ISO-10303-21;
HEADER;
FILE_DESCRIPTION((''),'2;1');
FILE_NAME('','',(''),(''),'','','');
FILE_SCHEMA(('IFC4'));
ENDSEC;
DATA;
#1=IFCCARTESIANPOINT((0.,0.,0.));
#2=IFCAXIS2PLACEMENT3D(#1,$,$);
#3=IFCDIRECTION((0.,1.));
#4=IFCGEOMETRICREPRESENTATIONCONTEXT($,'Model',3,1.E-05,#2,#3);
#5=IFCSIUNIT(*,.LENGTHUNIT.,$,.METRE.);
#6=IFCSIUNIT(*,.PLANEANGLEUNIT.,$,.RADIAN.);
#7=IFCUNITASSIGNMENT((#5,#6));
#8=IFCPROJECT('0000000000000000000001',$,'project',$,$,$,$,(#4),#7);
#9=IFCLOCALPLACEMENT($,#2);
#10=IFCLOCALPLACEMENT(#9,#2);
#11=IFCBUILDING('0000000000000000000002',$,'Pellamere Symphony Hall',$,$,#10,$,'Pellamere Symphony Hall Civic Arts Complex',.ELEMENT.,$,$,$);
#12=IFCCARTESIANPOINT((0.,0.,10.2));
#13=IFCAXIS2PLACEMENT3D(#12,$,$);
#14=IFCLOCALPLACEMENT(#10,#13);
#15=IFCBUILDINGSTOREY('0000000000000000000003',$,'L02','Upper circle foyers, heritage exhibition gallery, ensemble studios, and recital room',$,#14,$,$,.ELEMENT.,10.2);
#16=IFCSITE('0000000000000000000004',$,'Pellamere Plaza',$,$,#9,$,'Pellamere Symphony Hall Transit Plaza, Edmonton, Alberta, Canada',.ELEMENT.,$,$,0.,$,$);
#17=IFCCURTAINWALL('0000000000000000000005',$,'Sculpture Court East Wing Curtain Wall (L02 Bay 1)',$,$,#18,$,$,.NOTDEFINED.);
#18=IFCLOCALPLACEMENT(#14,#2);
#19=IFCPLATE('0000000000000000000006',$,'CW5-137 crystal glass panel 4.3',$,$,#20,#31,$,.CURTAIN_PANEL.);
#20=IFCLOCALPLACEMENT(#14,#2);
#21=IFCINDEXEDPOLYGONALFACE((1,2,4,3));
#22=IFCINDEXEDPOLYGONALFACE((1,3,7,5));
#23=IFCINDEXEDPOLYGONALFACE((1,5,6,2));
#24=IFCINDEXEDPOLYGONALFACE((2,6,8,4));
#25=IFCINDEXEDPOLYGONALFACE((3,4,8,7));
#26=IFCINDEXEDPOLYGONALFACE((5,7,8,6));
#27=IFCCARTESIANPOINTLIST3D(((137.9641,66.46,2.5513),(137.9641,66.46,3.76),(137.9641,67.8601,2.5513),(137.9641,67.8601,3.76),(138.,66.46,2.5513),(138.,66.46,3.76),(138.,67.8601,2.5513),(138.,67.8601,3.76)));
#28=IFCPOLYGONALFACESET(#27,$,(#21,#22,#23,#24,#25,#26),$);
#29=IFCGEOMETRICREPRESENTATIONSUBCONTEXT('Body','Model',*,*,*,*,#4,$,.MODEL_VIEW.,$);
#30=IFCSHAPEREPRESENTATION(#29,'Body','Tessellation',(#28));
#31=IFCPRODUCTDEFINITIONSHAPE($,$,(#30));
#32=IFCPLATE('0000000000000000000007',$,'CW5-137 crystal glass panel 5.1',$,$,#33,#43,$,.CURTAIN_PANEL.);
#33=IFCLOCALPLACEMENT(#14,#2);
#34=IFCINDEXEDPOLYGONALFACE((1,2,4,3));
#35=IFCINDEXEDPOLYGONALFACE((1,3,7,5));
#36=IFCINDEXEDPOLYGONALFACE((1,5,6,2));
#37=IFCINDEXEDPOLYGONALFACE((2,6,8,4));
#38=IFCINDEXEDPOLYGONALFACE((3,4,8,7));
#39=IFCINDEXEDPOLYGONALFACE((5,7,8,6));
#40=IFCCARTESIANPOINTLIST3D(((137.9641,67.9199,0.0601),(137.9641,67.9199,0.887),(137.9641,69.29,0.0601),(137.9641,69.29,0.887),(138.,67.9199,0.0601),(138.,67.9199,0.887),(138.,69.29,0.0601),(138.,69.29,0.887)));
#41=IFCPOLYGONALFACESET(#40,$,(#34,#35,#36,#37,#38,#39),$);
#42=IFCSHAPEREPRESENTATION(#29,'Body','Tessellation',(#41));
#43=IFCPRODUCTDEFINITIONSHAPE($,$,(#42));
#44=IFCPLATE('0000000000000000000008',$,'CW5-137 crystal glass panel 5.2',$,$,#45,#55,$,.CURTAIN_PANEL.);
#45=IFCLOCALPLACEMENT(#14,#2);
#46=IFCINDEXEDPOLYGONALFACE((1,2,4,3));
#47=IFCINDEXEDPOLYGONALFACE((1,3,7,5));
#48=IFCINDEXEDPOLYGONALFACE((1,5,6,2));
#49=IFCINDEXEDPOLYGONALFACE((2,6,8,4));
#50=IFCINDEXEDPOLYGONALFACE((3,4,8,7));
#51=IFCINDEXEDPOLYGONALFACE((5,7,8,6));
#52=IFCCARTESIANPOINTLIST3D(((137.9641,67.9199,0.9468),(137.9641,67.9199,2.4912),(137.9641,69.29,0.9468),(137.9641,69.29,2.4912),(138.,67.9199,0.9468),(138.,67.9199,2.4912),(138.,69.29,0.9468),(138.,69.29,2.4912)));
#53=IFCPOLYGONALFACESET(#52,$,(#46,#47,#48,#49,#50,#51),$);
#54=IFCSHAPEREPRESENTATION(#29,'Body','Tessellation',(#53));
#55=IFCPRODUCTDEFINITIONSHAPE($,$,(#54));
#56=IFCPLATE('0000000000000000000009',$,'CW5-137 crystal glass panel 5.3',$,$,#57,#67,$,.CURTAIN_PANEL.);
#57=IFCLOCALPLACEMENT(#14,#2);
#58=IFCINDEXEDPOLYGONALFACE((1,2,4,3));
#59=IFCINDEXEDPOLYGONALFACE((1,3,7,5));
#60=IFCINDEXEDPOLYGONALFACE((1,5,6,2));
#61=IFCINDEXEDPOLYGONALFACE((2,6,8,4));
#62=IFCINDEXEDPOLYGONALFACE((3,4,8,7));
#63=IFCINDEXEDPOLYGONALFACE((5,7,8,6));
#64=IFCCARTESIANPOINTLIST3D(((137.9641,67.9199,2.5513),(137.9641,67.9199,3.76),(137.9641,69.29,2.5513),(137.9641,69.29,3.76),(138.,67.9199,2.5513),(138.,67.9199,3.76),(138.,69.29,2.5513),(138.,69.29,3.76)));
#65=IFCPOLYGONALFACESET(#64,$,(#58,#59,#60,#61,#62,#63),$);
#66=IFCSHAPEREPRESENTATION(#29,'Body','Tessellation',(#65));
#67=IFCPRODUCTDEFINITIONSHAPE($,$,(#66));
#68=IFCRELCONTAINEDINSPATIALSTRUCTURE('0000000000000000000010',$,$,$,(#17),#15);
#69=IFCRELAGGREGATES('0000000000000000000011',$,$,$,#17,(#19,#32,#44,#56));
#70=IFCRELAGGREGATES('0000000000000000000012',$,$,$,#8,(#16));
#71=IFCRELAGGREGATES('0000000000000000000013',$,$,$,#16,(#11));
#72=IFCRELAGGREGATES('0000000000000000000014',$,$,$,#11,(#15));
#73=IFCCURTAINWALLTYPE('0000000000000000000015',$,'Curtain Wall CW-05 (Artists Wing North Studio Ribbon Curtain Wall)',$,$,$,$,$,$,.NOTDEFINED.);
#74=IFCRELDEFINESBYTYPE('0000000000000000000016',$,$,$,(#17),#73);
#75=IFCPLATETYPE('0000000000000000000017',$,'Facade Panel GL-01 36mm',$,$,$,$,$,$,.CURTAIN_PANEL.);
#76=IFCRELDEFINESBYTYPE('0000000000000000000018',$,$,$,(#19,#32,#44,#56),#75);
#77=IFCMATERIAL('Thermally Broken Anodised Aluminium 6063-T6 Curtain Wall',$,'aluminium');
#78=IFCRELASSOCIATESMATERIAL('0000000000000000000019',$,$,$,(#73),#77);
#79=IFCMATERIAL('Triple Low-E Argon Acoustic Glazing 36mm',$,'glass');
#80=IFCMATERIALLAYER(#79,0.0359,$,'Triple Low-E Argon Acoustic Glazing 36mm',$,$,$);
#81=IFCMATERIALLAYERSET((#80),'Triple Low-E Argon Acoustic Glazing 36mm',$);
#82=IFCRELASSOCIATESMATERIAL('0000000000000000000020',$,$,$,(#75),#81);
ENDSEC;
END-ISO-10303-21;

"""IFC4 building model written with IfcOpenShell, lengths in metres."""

from ifc_helpers import new_model, si_unit, direction, frame, origin, place, context, subcontext, project, spatial, polyline, outline, extrude, material, layer, layer_set, type_object, element, aggregate, save


model = new_model("IFC4")

# Units and contexts
model_context = context("Model", 3, precision=1e-05, world=origin(), true_north=direction((0.0, 1.0)))
body_context = subcontext(model_context, "Body", "Model", "MODEL_VIEW")
ifc_project = project(units=[si_unit("LENGTHUNIT", "METRE"), si_unit("PLANEANGLEUNIT", "RADIAN")], contexts=[model_context])

# Site, building, storey
site_placement = place(None, origin())
site = spatial("IfcSite", under=ifc_project, at=site_placement, Name="Pellamere Plaza", LongName="Pellamere Symphony Hall Transit Plaza, Edmonton, Alberta, Canada", CompositionType="ELEMENT", RefElevation=0.0)
building_placement = place(site_placement, origin())
building = spatial("IfcBuilding", under=site, at=building_placement, Name="Pellamere Symphony Hall", LongName="Pellamere Symphony Hall Civic Arts Complex", CompositionType="ELEMENT")
storey_placement = place(building_placement, frame((0.0, 0.0, 10.2)))
storey = spatial("IfcBuildingStorey", under=building, at=storey_placement, Name="L02", Description="Upper circle foyers, heritage exhibition gallery, ensemble studios, and recital room", CompositionType="ELEMENT", Elevation=10.2)

# Curtain wall
ifc_material_1 = material(Name="Thermally Broken Anodised Aluminium 6063-T6 Curtain Wall", Category="aluminium")
curtain_wall_type = type_object("IfcCurtainWallType", Name="Curtain Wall CW-05 (Artists Wing North Studio Ribbon Curtain Wall)", PredefinedType="NOTDEFINED", material=ifc_material_1)
curtain_wall_1_placement = place(storey_placement, origin())
curtain_wall_1 = element("IfcCurtainWall", 1, at=curtain_wall_1_placement, inside=storey, type_object=curtain_wall_type, Name="Sculpture Court East Wing Curtain Wall (L02 Bay 1)", PredefinedType="NOTDEFINED")

# Plates
ifc_material_2 = material(Name="Triple Low-E Argon Acoustic Glazing 36mm", Category="glass")
ifc_layer = layer(ifc_material_2, 0.0359, Name="Triple Low-E Argon Acoustic Glazing 36mm")
ifc_layer_set = layer_set([ifc_layer], Name="Triple Low-E Argon Acoustic Glazing 36mm")
plate_type = type_object("IfcPlateType", Name="Facade Panel GL-01 36mm", PredefinedType="CURTAIN_PANEL", material=ifc_layer_set)
plate_1_placement = place(storey_placement, frame((138.0, 66.46, 2.5513), z_axis=(1.0, 0.0, 0.0), x_axis=(0.0, 1.0, 0.0)))
plate_1 = element("IfcPlate", 2, at=plate_1_placement, type_object=plate_type, Name="CW5-137 crystal glass panel 4.3", PredefinedType="CURTAIN_PANEL", context=body_context, shape_type="SweptSolid", body=[
    extrude(outline(polyline([(0.0, 0.0), (1.4001, 0.0), (1.4001, 1.2087), (0.0, 1.2087), (0.0, 0.0)])), origin(), (0.0, 0.0, -1.0), 0.0359),
])
plate_2_placement = place(storey_placement, frame((138.0, 67.9199, 0.0601), z_axis=(1.0, 0.0, 0.0), x_axis=(0.0, 1.0, 0.0)))
plate_2 = element("IfcPlate", 3, at=plate_2_placement, type_object=plate_type, Name="CW5-137 crystal glass panel 5.1", PredefinedType="CURTAIN_PANEL", context=body_context, shape_type="SweptSolid", body=[
    extrude(outline(polyline([(0.0, 0.0), (1.3701, 0.0), (1.3701, 0.8269), (0.0, 0.8269), (0.0, 0.0)])), origin(), (0.0, 0.0, -1.0), 0.0359),
])
plate_3_placement = place(storey_placement, frame((138.0, 67.9199, 0.9468), z_axis=(1.0, 0.0, 0.0), x_axis=(0.0, 1.0, 0.0)))
plate_3 = element("IfcPlate", 4, at=plate_3_placement, type_object=plate_type, Name="CW5-137 crystal glass panel 5.2", PredefinedType="CURTAIN_PANEL", context=body_context, shape_type="SweptSolid", body=[
    extrude(outline(polyline([(0.0, 0.0), (1.3701, 0.0), (1.3701, 1.5444), (0.0, 1.5444), (0.0, 0.0)])), origin(), (0.0, 0.0, -1.0), 0.0359),
])
plate_4_placement = place(storey_placement, frame((138.0, 67.9199, 2.5513), z_axis=(1.0, 0.0, 0.0), x_axis=(0.0, 1.0, 0.0)))
plate_4 = element("IfcPlate", 5, at=plate_4_placement, type_object=plate_type, Name="CW5-137 crystal glass panel 5.3", PredefinedType="CURTAIN_PANEL", context=body_context, shape_type="SweptSolid", body=[
    extrude(outline(polyline([(0.0, 0.0), (1.3701, 0.0), (1.3701, 1.2087), (0.0, 1.2087), (0.0, 0.0)])), origin(), (0.0, 0.0, -1.0), 0.0359),
])
aggregate(curtain_wall_1, [plate_1, plate_2, plate_3, plate_4])

save(model, "model.ifc")
